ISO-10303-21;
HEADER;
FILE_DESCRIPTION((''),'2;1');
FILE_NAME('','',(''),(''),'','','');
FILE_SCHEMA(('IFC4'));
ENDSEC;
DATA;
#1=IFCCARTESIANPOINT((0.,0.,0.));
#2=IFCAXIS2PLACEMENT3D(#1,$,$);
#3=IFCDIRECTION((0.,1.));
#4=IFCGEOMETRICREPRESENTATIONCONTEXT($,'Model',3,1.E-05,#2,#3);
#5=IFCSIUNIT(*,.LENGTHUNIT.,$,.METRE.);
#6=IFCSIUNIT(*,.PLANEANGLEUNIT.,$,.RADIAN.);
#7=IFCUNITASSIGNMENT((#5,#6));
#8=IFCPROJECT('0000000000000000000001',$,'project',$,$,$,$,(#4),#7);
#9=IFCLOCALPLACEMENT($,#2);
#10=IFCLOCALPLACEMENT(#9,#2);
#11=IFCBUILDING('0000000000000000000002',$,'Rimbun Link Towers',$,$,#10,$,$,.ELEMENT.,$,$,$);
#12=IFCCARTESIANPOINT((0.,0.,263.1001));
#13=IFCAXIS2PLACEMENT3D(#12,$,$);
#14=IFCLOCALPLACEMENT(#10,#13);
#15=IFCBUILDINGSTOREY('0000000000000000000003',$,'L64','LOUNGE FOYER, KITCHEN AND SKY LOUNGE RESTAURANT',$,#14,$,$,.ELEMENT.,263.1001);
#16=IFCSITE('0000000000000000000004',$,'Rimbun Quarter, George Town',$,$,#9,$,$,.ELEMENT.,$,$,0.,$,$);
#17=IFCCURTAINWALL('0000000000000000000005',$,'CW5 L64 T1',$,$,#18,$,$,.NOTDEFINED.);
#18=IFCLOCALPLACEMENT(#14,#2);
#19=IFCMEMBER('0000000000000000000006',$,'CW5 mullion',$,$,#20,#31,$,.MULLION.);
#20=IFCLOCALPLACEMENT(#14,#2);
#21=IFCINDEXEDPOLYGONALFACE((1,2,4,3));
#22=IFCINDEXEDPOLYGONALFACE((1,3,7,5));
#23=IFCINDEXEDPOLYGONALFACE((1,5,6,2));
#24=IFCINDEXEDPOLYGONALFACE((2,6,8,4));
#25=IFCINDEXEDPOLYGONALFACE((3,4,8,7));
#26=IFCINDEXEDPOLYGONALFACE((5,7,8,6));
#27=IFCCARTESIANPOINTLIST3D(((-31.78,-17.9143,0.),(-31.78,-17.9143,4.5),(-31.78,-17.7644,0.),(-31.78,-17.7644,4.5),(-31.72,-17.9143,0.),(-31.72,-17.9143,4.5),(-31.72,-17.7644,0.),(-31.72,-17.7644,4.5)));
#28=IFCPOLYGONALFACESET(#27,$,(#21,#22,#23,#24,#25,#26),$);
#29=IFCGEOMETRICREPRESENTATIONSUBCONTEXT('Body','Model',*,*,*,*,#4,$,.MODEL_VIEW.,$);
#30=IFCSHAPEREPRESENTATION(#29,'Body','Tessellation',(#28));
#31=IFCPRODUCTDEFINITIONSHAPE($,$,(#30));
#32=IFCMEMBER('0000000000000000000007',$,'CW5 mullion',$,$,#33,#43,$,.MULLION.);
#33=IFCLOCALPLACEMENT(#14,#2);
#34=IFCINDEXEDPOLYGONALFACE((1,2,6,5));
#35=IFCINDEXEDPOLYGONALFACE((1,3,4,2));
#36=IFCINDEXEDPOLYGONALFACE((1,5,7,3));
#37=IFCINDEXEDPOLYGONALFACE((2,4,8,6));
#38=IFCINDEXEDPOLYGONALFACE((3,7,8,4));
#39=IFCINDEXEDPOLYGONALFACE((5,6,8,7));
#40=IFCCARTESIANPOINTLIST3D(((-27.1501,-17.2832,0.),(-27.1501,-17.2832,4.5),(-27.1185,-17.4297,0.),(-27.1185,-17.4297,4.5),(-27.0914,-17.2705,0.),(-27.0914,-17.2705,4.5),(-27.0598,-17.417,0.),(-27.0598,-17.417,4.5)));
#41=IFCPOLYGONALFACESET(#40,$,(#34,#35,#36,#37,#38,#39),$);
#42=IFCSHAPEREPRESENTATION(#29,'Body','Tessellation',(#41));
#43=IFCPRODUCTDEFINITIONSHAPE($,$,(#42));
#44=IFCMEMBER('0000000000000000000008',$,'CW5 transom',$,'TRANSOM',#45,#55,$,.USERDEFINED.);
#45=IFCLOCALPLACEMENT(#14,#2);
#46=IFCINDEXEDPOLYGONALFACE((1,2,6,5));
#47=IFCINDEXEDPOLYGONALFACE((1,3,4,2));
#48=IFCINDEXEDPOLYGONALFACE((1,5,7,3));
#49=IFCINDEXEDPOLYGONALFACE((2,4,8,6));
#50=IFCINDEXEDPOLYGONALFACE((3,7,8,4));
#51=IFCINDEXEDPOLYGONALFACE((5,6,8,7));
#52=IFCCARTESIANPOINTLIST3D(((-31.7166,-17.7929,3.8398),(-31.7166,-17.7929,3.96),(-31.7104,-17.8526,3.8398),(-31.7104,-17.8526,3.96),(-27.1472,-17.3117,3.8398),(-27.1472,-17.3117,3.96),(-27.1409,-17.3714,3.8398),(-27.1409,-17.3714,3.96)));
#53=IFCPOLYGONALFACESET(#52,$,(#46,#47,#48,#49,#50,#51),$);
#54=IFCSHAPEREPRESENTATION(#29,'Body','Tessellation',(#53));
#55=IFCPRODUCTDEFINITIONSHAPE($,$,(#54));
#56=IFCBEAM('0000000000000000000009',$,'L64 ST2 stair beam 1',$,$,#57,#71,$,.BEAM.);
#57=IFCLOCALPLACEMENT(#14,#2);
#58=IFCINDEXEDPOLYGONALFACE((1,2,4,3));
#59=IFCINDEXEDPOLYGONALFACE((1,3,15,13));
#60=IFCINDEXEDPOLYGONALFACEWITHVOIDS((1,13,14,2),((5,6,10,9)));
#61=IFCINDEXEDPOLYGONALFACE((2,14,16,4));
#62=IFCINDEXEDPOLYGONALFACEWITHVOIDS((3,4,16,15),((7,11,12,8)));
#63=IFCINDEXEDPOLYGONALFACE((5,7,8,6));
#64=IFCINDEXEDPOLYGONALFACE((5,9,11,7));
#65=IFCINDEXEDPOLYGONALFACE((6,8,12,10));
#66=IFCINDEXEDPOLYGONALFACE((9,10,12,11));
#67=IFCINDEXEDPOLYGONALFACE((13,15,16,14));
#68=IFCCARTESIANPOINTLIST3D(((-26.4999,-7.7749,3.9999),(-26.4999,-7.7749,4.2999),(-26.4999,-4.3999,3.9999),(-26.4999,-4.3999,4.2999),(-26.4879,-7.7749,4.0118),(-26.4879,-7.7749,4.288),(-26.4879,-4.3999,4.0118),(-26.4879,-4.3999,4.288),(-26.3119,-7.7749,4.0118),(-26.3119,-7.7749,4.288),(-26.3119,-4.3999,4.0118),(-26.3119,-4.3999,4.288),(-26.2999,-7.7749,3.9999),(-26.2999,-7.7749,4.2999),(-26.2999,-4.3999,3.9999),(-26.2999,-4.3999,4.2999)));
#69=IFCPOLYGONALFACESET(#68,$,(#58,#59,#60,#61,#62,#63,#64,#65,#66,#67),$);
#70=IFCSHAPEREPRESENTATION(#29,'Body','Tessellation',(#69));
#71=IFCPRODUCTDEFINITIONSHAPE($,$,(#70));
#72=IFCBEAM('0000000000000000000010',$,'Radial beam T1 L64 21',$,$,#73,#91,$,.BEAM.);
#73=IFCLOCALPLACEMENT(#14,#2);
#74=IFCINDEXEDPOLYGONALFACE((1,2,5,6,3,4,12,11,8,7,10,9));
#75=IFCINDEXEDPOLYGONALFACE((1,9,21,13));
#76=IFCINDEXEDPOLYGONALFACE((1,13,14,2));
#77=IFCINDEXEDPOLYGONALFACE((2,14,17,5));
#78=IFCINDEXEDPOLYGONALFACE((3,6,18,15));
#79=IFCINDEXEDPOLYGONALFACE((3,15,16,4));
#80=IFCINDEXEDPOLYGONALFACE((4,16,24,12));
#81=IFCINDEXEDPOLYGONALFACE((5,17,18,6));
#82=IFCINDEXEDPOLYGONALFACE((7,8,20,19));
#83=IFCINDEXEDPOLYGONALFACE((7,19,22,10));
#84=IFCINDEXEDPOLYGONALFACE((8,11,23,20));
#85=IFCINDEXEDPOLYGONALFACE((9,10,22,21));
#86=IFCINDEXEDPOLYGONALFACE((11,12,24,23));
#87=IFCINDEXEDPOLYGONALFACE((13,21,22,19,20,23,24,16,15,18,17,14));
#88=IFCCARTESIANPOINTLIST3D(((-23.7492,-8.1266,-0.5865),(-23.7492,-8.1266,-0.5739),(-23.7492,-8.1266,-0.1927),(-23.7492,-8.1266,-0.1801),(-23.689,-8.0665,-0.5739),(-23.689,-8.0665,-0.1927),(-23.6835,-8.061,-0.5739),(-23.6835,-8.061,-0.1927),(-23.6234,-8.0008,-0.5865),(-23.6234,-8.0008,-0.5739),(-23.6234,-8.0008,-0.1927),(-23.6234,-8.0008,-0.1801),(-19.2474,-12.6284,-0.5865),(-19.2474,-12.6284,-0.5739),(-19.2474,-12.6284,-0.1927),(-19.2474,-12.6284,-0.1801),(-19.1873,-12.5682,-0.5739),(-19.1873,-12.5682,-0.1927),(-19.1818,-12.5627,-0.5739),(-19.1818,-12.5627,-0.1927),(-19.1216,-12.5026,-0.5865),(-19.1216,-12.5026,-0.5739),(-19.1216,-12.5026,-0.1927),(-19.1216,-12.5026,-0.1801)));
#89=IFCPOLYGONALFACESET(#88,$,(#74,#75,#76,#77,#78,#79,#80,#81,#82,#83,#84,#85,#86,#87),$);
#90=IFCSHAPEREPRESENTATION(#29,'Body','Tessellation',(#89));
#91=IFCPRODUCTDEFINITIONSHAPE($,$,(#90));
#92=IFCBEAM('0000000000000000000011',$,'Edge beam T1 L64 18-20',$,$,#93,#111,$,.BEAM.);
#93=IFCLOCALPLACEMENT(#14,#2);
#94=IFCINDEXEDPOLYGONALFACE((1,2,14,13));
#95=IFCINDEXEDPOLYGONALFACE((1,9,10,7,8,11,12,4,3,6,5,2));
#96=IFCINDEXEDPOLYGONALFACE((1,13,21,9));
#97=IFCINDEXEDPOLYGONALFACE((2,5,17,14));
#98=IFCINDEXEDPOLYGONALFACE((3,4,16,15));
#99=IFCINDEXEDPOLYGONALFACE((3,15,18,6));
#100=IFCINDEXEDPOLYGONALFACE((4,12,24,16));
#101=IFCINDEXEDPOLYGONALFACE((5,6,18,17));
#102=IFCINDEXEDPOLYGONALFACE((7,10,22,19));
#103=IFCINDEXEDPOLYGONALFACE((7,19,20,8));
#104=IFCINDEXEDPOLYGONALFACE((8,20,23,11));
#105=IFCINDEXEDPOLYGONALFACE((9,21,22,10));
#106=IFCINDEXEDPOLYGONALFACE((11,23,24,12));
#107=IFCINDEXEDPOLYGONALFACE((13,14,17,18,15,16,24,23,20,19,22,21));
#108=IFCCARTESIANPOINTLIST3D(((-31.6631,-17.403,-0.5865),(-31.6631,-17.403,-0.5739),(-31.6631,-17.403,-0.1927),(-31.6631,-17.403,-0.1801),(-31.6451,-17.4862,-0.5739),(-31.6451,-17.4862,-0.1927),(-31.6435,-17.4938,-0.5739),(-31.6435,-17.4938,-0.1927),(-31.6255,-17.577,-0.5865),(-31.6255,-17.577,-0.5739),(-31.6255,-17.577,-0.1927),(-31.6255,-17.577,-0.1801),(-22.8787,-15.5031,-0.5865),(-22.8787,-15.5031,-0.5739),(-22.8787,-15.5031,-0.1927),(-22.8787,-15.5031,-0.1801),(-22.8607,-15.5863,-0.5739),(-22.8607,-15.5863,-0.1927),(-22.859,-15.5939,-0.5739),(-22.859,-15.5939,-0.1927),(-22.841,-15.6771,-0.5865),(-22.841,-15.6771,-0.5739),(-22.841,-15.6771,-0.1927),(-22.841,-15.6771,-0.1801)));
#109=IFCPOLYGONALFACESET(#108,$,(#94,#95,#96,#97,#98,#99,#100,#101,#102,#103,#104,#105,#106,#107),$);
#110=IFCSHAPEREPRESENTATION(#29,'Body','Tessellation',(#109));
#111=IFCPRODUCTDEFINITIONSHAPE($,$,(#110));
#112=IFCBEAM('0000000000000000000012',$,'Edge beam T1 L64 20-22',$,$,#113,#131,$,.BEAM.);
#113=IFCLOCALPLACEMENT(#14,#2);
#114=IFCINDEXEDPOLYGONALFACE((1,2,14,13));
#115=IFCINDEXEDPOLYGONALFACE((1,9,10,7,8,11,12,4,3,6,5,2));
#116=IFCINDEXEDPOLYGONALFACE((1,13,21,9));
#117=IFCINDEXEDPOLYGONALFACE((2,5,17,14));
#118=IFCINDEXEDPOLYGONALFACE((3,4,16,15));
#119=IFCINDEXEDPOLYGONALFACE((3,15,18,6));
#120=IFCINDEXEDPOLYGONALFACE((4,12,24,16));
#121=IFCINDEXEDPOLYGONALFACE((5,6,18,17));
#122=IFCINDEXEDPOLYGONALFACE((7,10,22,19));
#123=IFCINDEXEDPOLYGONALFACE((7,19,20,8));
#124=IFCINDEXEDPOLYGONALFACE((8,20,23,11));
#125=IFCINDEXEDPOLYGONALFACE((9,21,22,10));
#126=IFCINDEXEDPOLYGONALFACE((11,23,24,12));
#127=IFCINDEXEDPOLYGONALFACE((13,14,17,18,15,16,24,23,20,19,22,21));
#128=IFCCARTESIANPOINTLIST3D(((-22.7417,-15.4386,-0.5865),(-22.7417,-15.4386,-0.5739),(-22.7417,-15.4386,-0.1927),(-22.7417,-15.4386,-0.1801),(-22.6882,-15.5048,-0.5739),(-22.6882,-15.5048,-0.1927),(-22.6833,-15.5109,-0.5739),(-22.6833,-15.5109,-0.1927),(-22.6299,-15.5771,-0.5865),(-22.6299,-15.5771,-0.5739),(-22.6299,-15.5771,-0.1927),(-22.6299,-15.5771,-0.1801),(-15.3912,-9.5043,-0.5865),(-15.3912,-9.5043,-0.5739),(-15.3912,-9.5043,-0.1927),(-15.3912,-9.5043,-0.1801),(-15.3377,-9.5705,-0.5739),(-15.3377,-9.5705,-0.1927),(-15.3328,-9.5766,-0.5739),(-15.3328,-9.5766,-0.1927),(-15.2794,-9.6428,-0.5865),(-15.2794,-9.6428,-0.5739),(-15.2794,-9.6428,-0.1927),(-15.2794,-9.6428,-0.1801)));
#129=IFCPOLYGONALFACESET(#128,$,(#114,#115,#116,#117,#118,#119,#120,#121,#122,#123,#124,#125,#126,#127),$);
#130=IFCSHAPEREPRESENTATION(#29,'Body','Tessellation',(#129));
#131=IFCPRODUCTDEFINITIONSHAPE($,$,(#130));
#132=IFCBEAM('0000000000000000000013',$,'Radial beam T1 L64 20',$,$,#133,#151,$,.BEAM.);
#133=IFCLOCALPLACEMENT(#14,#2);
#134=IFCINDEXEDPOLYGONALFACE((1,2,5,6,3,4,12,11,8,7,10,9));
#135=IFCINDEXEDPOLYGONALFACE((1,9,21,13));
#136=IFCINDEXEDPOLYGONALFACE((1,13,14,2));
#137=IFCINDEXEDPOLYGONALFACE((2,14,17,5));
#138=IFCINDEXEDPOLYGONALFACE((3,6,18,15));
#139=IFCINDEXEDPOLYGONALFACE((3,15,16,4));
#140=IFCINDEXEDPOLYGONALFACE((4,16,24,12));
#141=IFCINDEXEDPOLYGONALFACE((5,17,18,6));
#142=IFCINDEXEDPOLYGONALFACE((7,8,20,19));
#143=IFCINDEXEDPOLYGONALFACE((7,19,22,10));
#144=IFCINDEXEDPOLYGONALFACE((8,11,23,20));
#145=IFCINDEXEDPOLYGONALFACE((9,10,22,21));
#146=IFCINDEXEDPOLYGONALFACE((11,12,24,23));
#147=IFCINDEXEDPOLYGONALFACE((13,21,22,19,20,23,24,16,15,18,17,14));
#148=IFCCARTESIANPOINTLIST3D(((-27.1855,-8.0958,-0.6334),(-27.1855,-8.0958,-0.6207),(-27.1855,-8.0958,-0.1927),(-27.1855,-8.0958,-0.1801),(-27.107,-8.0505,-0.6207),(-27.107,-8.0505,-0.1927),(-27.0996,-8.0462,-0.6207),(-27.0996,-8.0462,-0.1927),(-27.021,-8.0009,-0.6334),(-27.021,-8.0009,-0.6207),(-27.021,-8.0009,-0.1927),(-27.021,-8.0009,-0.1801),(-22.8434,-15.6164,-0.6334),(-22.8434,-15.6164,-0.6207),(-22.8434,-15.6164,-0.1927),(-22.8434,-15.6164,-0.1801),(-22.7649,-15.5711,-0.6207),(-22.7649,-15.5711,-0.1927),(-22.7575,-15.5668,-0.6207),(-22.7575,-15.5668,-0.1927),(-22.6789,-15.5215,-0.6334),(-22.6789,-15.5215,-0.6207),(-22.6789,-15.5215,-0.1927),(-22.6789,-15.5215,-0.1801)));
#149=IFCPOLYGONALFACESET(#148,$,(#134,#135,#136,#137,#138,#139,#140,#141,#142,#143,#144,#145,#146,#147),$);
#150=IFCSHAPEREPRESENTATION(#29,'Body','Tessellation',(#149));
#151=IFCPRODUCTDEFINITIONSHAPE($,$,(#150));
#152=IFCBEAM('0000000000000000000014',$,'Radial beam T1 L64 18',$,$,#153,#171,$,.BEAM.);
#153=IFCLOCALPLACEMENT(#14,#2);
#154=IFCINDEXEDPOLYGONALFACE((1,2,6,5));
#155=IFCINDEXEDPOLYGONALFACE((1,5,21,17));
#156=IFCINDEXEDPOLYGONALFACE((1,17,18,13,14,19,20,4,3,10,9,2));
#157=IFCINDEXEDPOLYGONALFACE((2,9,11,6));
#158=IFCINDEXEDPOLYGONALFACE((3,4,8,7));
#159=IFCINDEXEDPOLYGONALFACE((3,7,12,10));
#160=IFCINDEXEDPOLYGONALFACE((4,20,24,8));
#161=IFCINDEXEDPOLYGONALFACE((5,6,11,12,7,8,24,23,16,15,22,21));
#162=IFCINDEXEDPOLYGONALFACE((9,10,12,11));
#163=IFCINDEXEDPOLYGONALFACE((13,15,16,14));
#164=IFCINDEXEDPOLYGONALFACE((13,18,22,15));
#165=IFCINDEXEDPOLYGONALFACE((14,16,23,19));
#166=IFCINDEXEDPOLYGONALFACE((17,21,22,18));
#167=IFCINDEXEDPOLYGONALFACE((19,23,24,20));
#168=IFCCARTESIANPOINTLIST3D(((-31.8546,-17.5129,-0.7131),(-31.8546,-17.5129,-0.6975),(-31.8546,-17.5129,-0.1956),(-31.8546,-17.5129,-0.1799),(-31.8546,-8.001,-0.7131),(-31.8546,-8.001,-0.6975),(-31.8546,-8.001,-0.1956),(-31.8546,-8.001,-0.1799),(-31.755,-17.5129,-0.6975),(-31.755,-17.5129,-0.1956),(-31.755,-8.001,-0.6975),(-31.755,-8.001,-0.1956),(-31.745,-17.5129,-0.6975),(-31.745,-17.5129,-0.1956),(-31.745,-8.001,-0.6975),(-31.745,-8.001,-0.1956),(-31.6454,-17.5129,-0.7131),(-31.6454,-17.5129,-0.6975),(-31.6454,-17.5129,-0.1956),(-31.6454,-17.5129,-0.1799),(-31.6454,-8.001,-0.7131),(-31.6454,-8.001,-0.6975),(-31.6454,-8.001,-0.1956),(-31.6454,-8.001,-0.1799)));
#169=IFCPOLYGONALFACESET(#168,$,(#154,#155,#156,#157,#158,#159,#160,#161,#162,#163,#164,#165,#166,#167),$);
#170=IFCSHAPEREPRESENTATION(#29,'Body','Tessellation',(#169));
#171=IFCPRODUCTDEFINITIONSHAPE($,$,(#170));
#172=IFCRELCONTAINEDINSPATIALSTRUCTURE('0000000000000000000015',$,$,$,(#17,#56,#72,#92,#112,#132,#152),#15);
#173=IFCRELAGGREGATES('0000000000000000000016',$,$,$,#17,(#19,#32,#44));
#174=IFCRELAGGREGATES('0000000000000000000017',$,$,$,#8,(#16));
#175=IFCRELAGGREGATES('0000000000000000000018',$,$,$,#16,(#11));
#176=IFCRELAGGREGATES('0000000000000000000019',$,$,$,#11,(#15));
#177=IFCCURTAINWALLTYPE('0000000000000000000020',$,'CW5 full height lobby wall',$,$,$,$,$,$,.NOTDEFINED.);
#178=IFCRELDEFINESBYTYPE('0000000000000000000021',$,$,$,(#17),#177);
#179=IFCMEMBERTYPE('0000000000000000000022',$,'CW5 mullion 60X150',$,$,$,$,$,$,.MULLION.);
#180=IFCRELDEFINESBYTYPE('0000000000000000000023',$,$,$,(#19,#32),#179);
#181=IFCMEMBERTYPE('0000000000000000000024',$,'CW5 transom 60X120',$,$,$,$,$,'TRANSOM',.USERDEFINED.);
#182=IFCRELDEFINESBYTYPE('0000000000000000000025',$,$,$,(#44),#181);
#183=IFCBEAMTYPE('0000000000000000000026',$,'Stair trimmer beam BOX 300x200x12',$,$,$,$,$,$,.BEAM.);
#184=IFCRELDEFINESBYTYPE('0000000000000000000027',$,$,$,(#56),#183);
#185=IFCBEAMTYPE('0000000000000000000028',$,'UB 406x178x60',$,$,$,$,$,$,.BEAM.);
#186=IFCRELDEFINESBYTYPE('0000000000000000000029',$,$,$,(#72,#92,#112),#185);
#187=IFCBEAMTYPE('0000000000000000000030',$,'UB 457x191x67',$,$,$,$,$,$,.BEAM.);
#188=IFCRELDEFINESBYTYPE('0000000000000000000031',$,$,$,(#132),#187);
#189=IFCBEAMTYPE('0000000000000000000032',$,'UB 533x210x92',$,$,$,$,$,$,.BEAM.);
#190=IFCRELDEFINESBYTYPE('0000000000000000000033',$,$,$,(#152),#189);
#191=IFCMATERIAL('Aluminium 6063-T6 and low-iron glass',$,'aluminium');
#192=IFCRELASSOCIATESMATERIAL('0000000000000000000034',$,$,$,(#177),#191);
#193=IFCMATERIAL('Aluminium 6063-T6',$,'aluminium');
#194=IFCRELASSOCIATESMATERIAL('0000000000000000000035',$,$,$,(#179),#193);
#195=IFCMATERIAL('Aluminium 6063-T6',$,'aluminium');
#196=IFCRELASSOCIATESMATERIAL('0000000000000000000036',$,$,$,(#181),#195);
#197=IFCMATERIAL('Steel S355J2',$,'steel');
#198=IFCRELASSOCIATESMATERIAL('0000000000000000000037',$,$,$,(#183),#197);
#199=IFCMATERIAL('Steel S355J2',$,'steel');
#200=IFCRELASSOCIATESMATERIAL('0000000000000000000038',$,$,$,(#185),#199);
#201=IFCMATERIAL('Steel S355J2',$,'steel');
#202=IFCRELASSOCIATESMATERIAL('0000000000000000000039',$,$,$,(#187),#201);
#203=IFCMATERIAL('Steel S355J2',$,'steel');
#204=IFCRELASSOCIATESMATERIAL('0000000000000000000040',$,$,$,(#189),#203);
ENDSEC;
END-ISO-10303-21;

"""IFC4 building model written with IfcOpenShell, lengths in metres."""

from ifc_helpers import new_model, si_unit, direction, frame, origin, origin_2d, place, context, subcontext, project, spatial, rectangle, hollow_rectangle, i_section, extrude, material, material_profile, profile_set, type_object, element, aggregate, save


model = new_model("IFC4")

# Units and contexts
model_context = context("Model", 3, precision=1e-05, world=origin(), true_north=direction((0.0, 1.0)))
body_context = subcontext(model_context, "Body", "Model", "MODEL_VIEW")
ifc_project = project(units=[si_unit("LENGTHUNIT", "METRE"), si_unit("PLANEANGLEUNIT", "RADIAN")], contexts=[model_context])

# Site, building, storey
site_placement = place(None, origin())
site = spatial("IfcSite", under=ifc_project, at=site_placement, Name="Rimbun Quarter, George Town", CompositionType="ELEMENT", RefElevation=0.0)
building_placement = place(site_placement, origin())
building = spatial("IfcBuilding", under=site, at=building_placement, Name="Rimbun Link Towers", CompositionType="ELEMENT")
storey_placement = place(building_placement, frame((0.0, 0.0, 263.1001)))
storey = spatial("IfcBuildingStorey", under=building, at=storey_placement, Name="L64", Description="LOUNGE FOYER, KITCHEN AND SKY LOUNGE RESTAURANT", CompositionType="ELEMENT", Elevation=263.1001)

# Curtain wall, members
ifc_material_1 = material(Name="Aluminium 6063-T6 and low-iron glass", Category="aluminium")
curtain_wall_type = type_object("IfcCurtainWallType", Name="CW5 full height lobby wall", PredefinedType="NOTDEFINED", material=ifc_material_1)
curtain_wall_placement = place(storey_placement, origin())
curtain_wall = element("IfcCurtainWall", 1, at=curtain_wall_placement, inside=storey, type_object=curtain_wall_type, Name="CW5 L64 T1", PredefinedType="NOTDEFINED")
ifc_material_2 = material(Name="Aluminium 6063-T6", Category="aluminium")
ifc_material_profile_1 = material_profile(ifc_material_2, rectangle(XDim=0.1499, YDim=0.0601, at=origin_2d()), Name="MULLION 60X150")
ifc_profile_set_1 = profile_set([ifc_material_profile_1], Name="Aluminium 6063-T6")
member_type_1 = type_object("IfcMemberType", Name="CW5 mullion 60X150", PredefinedType="MULLION", material=ifc_profile_set_1)
member_1_placement = place(storey_placement, frame((-31.75, -17.8394, 0.0), z_axis=(0.0, 0.0, 1.0), x_axis=(0.0, -1.0, 0.0)))
member_1 = element("IfcMember", 2, at=member_1_placement, type_object=member_type_1, Name="CW5 mullion", PredefinedType="MULLION", context=body_context, shape_type="SweptSolid", body=[
    extrude(rectangle(XDim=0.1499, YDim=0.0601, at=origin_2d()), origin(), (0.0, 0.0, 1.0), 4.5),
])
member_2_placement = place(storey_placement, frame((-27.105, -17.3501, 0.0), z_axis=(0.0, 0.0, 1.0), x_axis=(0.210861, -0.977516, 0.0)))
member_2 = element("IfcMember", 3, at=member_2_placement, type_object=member_type_1, Name="CW5 mullion", PredefinedType="MULLION", context=body_context, shape_type="SweptSolid", body=[
    extrude(rectangle(XDim=0.1499, YDim=0.0601, at=origin_2d()), origin(), (0.0, 0.0, 1.0), 4.5),
])
ifc_material_3 = material(Name="Aluminium 6063-T6", Category="aluminium")
ifc_material_profile_2 = material_profile(ifc_material_3, rectangle(XDim=0.0601, YDim=0.1201, at=origin_2d()), Name="TRANSOM 60X120")
ifc_profile_set_2 = profile_set([ifc_material_profile_2], Name="Aluminium 6063-T6")
member_type_2 = type_object("IfcMemberType", Name="CW5 transom 60X120", ElementType="TRANSOM", PredefinedType="USERDEFINED", material=ifc_profile_set_2)
member_3_placement = place(storey_placement, frame((-27.144, -17.3416, 3.8999), z_axis=(-0.994501, -0.104726, 0.0), x_axis=(0.104726, -0.994501, 0.0)))
member_3 = element("IfcMember", 4, at=member_3_placement, type_object=member_type_2, Name="CW5 transom", ObjectType="TRANSOM", PredefinedType="USERDEFINED", context=body_context, shape_type="SweptSolid", body=[
    extrude(rectangle(XDim=0.0601, YDim=0.1201, at=origin_2d()), origin(), (0.0, 0.0, 1.0), 4.5947),
])

# Beams
ifc_material_4 = material(Name="Steel S355J2", Category="steel")
ifc_material_profile_3 = material_profile(ifc_material_4, hollow_rectangle(XDim=0.2, YDim=0.3, WallThickness=0.012, at=origin_2d()), Name="BOX 300x200x12")
ifc_profile_set_3 = profile_set([ifc_material_profile_3], Name="Steel S355J2")
beam_type_1 = type_object("IfcBeamType", Name="Stair trimmer beam BOX 300x200x12", PredefinedType="BEAM", material=ifc_profile_set_3)
beam_1_placement = place(storey_placement, frame((-26.3999, -7.7749, 4.1499), z_axis=(0.0, 1.0, 0.0), x_axis=(-1.0, 0.0, 0.0)))
element("IfcBeam", 5, at=beam_1_placement, inside=storey, type_object=beam_type_1, Name="L64 ST2 stair beam 1", PredefinedType="BEAM", context=body_context, shape_type="SweptSolid", body=[
    extrude(hollow_rectangle(XDim=0.2, YDim=0.3, WallThickness=0.012, at=origin_2d()), origin(), (0.0, 0.0, 1.0), 3.375),
])
ifc_material_5 = material(Name="Steel S355J2", Category="steel")
ifc_material_profile_4 = material_profile(ifc_material_5, i_section(OverallWidth=0.178, OverallDepth=0.4065, WebThickness=0.0078, FlangeThickness=0.0127, at=origin_2d()), Name="UB 406x178x60")
ifc_profile_set_4 = profile_set([ifc_material_profile_4], Name="Steel S355J2")
beam_type_2 = type_object("IfcBeamType", Name="UB 406x178x60", PredefinedType="BEAM", material=ifc_profile_set_4)
beam_2_placement = place(storey_placement, frame((-23.6863, -8.0637, -0.3833), z_axis=(0.707107, -0.707107, 0.0), x_axis=(0.707107, 0.707107, 0.0)))
element("IfcBeam", 6, at=beam_2_placement, inside=storey, type_object=beam_type_2, Name="Radial beam T1 L64 21", PredefinedType="BEAM", context=body_context, shape_type="SweptSolid", body=[
    extrude(i_section(OverallWidth=0.178, OverallDepth=0.4065, WebThickness=0.0078, FlangeThickness=0.0127, at=origin_2d()), origin(), (0.0, 0.0, 1.0), 6.3665),
])
beam_3_placement = place(storey_placement, frame((-31.6443, -17.49, -0.3833), z_axis=(0.977401, 0.211393, 0.0), x_axis=(-0.211393, 0.977401, 0.0)))
element("IfcBeam", 7, at=beam_3_placement, inside=storey, type_object=beam_type_2, Name="Edge beam T1 L64 18-20", PredefinedType="BEAM", context=body_context, shape_type="SweptSolid", body=[
    extrude(i_section(OverallWidth=0.178, OverallDepth=0.4065, WebThickness=0.0078, FlangeThickness=0.0127, at=origin_2d()), origin(), (0.0, 0.0, 1.0), 8.9875),
])
beam_4_placement = place(storey_placement, frame((-22.6858, -15.5078, -0.3833), z_axis=(0.77808, 0.628165, 0.0), x_axis=(-0.628165, 0.77808, 0.0)))
element("IfcBeam", 8, at=beam_4_placement, inside=storey, type_object=beam_type_2, Name="Edge beam T1 L64 20-22", PredefinedType="BEAM", context=body_context, shape_type="SweptSolid", body=[
    extrude(i_section(OverallWidth=0.178, OverallDepth=0.4065, WebThickness=0.0078, FlangeThickness=0.0127, at=origin_2d()), origin(), (0.0, 0.0, 1.0), 9.447),
])
ifc_material_6 = material(Name="Steel S355J2", Category="steel")
ifc_material_profile_5 = material_profile(ifc_material_6, i_section(OverallWidth=0.1899, OverallDepth=0.4534, WebThickness=0.0085, FlangeThickness=0.0127, at=origin_2d()), Name="UB 457x191x67")
ifc_profile_set_5 = profile_set([ifc_material_profile_5], Name="Steel S355J2")
beam_type_3 = type_object("IfcBeamType", Name="UB 457x191x67", PredefinedType="BEAM", material=ifc_profile_set_5)
beam_5_placement = place(storey_placement, frame((-27.1033, -8.0483, -0.4067), z_axis=(0.500006, -0.866022, 0.0), x_axis=(0.866022, 0.500006, 0.0)))
element("IfcBeam", 9, at=beam_5_placement, inside=storey, type_object=beam_type_3, Name="Radial beam T1 L64 20", PredefinedType="BEAM", context=body_context, shape_type="SweptSolid", body=[
    extrude(i_section(OverallWidth=0.1899, OverallDepth=0.4534, WebThickness=0.0085, FlangeThickness=0.0127, at=origin_2d()), origin(), (0.0, 0.0, 1.0), 8.6841),
])
ifc_material_7 = material(Name="Steel S355J2", Category="steel")
ifc_material_profile_6 = material_profile(ifc_material_7, i_section(OverallWidth=0.2092, OverallDepth=0.5332, WebThickness=0.01, FlangeThickness=0.0156, at=origin_2d()), Name="UB 533x210x92")
ifc_profile_set_6 = profile_set([ifc_material_profile_6], Name="Steel S355J2")
beam_type_4 = type_object("IfcBeamType", Name="UB 533x210x92", PredefinedType="BEAM", material=ifc_profile_set_6)
beam_6_placement = place(storey_placement, frame((-31.75, -8.001, -0.4465), z_axis=(0.0, -1.0, 0.0), x_axis=(1.0, 0.0, 0.0)))
element("IfcBeam", 10, at=beam_6_placement, inside=storey, type_object=beam_type_4, Name="Radial beam T1 L64 18", PredefinedType="BEAM", context=body_context, shape_type="SweptSolid", body=[
    extrude(i_section(OverallWidth=0.2092, OverallDepth=0.5332, WebThickness=0.01, FlangeThickness=0.0156, at=origin_2d()), origin(), (0.0, 0.0, 1.0), 9.512),
])

aggregate(curtain_wall, [member_1, member_2, member_3])

save(model, "model.ifc")
